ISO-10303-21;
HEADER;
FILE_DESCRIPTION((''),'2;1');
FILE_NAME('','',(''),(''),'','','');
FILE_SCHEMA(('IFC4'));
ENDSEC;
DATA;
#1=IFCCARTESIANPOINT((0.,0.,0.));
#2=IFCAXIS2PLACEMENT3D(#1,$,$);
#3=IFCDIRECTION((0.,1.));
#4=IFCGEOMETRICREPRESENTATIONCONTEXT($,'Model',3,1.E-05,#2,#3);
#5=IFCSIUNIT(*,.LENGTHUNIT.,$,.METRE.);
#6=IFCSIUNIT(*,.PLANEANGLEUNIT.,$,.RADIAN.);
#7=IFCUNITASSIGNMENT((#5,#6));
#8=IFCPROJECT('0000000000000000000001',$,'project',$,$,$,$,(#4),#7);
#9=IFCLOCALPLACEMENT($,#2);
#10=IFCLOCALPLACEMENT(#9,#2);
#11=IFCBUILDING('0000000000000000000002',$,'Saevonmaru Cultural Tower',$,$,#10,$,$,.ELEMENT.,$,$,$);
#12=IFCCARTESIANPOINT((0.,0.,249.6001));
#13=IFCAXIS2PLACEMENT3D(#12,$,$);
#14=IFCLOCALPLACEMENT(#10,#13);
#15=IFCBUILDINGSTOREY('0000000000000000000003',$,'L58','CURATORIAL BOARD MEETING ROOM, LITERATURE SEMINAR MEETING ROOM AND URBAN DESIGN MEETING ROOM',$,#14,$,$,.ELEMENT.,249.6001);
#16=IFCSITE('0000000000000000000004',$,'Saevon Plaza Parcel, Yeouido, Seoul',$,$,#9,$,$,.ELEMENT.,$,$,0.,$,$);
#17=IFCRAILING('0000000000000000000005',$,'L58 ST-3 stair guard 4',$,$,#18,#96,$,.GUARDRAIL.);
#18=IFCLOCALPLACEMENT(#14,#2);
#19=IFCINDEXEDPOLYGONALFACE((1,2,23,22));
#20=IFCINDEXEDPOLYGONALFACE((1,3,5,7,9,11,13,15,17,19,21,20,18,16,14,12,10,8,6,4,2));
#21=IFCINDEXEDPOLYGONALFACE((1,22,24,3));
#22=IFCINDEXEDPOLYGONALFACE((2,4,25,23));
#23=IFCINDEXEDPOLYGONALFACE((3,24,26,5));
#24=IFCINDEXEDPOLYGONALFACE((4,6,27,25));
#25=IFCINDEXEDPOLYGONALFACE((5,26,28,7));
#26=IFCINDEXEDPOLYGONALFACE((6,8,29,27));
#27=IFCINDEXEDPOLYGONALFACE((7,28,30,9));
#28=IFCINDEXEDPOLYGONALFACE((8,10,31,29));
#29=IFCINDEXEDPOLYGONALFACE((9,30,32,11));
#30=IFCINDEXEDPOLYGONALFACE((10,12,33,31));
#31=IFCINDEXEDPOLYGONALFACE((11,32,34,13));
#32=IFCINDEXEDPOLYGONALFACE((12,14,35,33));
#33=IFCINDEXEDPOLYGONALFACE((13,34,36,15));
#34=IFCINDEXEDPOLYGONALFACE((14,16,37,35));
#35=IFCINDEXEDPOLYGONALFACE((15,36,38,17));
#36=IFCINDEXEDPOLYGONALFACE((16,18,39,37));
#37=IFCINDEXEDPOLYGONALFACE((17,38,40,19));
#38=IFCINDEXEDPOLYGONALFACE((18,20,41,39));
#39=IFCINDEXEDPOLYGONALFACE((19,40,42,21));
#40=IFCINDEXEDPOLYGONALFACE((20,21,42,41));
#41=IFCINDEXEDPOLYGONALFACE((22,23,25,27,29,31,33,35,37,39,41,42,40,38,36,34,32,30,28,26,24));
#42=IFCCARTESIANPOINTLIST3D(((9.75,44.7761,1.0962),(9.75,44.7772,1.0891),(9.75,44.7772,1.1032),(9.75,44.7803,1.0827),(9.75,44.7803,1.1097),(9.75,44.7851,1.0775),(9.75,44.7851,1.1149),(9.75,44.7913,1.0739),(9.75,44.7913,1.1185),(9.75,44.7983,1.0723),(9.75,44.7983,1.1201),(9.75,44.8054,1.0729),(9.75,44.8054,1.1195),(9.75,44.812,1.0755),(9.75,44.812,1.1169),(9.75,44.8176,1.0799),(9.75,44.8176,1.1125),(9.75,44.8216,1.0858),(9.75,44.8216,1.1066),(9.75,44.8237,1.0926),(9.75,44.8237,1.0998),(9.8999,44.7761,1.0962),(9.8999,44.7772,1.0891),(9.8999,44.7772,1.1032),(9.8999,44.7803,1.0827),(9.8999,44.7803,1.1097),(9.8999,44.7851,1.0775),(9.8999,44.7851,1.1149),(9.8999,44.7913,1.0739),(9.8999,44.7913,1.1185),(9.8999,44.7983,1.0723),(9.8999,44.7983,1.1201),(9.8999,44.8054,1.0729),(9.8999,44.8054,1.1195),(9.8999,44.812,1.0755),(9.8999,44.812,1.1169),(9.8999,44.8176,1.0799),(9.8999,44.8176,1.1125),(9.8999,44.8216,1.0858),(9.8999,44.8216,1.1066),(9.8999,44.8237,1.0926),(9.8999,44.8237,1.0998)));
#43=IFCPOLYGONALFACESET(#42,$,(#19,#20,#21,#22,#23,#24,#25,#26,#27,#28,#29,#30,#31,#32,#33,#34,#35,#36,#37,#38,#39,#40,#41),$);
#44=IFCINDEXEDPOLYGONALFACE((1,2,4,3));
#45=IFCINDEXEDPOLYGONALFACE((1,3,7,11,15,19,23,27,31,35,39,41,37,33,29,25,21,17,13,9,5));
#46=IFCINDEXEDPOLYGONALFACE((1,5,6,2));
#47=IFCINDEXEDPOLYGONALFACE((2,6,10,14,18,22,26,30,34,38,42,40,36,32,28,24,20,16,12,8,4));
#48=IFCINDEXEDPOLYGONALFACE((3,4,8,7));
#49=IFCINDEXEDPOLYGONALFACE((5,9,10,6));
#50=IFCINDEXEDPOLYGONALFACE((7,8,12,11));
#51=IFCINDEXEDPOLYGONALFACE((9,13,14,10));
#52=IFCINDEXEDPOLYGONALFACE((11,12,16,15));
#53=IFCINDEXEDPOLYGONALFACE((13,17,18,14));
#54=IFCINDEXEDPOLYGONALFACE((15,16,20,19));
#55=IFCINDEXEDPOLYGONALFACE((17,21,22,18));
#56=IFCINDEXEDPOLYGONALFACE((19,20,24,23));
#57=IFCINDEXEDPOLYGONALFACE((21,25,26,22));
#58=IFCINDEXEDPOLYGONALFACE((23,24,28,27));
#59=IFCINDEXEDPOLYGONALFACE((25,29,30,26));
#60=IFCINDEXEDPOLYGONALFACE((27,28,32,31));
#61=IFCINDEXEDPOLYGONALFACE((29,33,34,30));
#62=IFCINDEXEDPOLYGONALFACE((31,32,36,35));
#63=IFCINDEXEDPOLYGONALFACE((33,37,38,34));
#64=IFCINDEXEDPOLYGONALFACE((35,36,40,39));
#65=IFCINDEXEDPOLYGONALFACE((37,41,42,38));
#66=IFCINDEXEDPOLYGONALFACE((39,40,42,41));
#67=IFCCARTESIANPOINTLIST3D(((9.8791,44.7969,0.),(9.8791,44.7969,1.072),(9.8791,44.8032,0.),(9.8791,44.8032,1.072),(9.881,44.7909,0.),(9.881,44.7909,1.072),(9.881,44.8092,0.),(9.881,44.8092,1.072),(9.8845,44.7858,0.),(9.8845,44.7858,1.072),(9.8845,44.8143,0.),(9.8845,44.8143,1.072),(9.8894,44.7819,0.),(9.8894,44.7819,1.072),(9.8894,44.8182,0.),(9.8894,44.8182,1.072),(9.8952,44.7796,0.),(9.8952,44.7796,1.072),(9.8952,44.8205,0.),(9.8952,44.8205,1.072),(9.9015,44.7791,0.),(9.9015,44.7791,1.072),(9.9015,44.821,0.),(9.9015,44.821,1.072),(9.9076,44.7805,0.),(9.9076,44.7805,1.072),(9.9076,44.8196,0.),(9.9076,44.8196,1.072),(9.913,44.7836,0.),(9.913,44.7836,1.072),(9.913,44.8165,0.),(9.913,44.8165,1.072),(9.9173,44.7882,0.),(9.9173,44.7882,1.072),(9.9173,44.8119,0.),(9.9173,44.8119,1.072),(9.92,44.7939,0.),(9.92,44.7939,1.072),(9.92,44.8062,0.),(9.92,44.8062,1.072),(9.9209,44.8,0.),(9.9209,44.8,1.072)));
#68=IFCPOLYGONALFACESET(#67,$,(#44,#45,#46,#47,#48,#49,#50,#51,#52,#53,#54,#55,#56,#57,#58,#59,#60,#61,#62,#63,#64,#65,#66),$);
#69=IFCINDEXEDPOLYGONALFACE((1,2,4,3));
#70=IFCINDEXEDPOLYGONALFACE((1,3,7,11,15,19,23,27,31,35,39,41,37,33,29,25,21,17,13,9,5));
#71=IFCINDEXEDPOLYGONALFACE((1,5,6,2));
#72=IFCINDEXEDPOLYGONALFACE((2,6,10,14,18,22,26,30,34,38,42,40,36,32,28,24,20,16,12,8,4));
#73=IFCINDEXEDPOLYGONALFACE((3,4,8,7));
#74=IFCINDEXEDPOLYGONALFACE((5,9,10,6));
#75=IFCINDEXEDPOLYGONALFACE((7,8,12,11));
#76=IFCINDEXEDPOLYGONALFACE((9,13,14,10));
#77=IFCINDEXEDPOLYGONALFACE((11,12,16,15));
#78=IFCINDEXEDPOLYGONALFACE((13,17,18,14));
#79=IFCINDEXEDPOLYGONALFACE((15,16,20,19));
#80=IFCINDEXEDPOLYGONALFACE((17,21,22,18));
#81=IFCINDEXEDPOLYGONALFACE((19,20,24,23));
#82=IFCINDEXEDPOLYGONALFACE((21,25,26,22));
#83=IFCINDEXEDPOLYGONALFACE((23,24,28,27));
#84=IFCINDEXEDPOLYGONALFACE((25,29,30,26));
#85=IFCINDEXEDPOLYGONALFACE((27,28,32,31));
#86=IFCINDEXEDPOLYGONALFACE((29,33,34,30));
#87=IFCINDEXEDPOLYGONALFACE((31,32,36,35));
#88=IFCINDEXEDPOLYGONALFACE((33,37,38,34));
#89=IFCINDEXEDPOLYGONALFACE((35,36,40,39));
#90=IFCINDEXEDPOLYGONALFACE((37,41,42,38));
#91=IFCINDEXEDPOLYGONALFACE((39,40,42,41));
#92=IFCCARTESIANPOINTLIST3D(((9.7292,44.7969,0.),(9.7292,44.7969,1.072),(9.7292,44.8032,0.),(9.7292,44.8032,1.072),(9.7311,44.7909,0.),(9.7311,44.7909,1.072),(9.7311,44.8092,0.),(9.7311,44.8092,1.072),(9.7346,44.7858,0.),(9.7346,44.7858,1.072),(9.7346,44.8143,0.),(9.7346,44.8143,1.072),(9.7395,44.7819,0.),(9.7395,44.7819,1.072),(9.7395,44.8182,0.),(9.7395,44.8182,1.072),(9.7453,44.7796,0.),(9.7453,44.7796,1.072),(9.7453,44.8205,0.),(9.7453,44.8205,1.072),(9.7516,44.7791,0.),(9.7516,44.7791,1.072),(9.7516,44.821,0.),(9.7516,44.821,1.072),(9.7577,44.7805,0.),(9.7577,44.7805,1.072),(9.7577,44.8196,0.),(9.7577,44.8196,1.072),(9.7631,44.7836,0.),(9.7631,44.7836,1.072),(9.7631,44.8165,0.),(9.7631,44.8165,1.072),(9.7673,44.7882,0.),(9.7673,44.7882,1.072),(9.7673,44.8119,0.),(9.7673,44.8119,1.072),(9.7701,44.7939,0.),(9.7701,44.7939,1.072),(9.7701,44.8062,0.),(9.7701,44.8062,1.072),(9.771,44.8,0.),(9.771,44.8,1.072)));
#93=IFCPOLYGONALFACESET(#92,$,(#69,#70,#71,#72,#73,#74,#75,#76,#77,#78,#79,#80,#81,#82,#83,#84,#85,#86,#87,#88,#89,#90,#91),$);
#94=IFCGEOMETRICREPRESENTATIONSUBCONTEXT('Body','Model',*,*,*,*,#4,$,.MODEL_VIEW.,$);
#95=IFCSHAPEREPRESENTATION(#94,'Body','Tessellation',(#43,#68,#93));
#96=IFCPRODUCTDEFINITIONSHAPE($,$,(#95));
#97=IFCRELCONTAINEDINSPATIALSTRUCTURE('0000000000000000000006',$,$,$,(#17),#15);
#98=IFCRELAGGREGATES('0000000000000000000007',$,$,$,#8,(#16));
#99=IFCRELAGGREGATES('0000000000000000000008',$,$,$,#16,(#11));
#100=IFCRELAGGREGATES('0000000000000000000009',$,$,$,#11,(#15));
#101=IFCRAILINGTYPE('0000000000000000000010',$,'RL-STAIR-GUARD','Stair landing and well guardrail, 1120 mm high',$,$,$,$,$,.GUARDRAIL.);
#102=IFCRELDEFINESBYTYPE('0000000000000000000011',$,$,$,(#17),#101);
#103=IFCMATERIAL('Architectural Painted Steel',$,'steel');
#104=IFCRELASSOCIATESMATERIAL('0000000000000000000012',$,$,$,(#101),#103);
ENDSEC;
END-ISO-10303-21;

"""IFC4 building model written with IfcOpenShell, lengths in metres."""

from ifc_helpers import new_model, si_unit, direction, frame, origin, origin_2d, place, context, subcontext, project, spatial, circle, extrude, material, type_object, element, save


model = new_model("IFC4")

# Units and contexts
model_context = context("Model", 3, precision=1e-05, world=origin(), true_north=direction((0.0, 1.0)))
body_context = subcontext(model_context, "Body", "Model", "MODEL_VIEW")
ifc_project = project(units=[si_unit("LENGTHUNIT", "METRE"), si_unit("PLANEANGLEUNIT", "RADIAN")], contexts=[model_context])

# Site, building, storey
site_placement = place(None, origin())
site = spatial("IfcSite", under=ifc_project, at=site_placement, Name="Saevon Plaza Parcel, Yeouido, Seoul", CompositionType="ELEMENT", RefElevation=0.0)
building_placement = place(site_placement, origin())
building = spatial("IfcBuilding", under=site, at=building_placement, Name="Saevonmaru Cultural Tower", CompositionType="ELEMENT")
storey_placement = place(building_placement, frame((0.0, 0.0, 249.6001)))
storey = spatial("IfcBuildingStorey", under=building, at=storey_placement, Name="L58", Description="CURATORIAL BOARD MEETING ROOM, LITERATURE SEMINAR MEETING ROOM AND URBAN DESIGN MEETING ROOM", CompositionType="ELEMENT", Elevation=249.6001)

# Railing
ifc_material_1 = material(Name="Architectural Painted Steel", Category="steel")
railing_type_1 = type_object("IfcRailingType", Name="RL-STAIR-GUARD", Description="Stair landing and well guardrail, 1120 mm high", PredefinedType="GUARDRAIL", material=ifc_material_1)
railing_1_placement = place(storey_placement, frame((9.8999, 44.8, 0.0)))
element("IfcRailing", 1, at=railing_1_placement, inside=storey, type_object=railing_type_1, Name="L58 ST-3 stair guard 4", PredefinedType="GUARDRAIL", context=body_context, shape_type="SweptSolid", body=[
    extrude(circle(Radius=0.0239, at=origin_2d()), frame((0.0, 0.0, 1.0962), z_axis=(-1.0, 0.0, 0.0), x_axis=(0.0, -1.0, 0.0)), (0.0, 0.0, 1.0), 0.1499),
    extrude(circle(Radius=0.021, at=origin_2d()), origin(), (0.0, 0.0, 1.0), 1.072),
    extrude(circle(Radius=0.021, at=origin_2d()), frame((-0.1499, 0.0, 0.0)), (0.0, 0.0, 1.0), 1.072),
])

save(model, "model.ifc")
